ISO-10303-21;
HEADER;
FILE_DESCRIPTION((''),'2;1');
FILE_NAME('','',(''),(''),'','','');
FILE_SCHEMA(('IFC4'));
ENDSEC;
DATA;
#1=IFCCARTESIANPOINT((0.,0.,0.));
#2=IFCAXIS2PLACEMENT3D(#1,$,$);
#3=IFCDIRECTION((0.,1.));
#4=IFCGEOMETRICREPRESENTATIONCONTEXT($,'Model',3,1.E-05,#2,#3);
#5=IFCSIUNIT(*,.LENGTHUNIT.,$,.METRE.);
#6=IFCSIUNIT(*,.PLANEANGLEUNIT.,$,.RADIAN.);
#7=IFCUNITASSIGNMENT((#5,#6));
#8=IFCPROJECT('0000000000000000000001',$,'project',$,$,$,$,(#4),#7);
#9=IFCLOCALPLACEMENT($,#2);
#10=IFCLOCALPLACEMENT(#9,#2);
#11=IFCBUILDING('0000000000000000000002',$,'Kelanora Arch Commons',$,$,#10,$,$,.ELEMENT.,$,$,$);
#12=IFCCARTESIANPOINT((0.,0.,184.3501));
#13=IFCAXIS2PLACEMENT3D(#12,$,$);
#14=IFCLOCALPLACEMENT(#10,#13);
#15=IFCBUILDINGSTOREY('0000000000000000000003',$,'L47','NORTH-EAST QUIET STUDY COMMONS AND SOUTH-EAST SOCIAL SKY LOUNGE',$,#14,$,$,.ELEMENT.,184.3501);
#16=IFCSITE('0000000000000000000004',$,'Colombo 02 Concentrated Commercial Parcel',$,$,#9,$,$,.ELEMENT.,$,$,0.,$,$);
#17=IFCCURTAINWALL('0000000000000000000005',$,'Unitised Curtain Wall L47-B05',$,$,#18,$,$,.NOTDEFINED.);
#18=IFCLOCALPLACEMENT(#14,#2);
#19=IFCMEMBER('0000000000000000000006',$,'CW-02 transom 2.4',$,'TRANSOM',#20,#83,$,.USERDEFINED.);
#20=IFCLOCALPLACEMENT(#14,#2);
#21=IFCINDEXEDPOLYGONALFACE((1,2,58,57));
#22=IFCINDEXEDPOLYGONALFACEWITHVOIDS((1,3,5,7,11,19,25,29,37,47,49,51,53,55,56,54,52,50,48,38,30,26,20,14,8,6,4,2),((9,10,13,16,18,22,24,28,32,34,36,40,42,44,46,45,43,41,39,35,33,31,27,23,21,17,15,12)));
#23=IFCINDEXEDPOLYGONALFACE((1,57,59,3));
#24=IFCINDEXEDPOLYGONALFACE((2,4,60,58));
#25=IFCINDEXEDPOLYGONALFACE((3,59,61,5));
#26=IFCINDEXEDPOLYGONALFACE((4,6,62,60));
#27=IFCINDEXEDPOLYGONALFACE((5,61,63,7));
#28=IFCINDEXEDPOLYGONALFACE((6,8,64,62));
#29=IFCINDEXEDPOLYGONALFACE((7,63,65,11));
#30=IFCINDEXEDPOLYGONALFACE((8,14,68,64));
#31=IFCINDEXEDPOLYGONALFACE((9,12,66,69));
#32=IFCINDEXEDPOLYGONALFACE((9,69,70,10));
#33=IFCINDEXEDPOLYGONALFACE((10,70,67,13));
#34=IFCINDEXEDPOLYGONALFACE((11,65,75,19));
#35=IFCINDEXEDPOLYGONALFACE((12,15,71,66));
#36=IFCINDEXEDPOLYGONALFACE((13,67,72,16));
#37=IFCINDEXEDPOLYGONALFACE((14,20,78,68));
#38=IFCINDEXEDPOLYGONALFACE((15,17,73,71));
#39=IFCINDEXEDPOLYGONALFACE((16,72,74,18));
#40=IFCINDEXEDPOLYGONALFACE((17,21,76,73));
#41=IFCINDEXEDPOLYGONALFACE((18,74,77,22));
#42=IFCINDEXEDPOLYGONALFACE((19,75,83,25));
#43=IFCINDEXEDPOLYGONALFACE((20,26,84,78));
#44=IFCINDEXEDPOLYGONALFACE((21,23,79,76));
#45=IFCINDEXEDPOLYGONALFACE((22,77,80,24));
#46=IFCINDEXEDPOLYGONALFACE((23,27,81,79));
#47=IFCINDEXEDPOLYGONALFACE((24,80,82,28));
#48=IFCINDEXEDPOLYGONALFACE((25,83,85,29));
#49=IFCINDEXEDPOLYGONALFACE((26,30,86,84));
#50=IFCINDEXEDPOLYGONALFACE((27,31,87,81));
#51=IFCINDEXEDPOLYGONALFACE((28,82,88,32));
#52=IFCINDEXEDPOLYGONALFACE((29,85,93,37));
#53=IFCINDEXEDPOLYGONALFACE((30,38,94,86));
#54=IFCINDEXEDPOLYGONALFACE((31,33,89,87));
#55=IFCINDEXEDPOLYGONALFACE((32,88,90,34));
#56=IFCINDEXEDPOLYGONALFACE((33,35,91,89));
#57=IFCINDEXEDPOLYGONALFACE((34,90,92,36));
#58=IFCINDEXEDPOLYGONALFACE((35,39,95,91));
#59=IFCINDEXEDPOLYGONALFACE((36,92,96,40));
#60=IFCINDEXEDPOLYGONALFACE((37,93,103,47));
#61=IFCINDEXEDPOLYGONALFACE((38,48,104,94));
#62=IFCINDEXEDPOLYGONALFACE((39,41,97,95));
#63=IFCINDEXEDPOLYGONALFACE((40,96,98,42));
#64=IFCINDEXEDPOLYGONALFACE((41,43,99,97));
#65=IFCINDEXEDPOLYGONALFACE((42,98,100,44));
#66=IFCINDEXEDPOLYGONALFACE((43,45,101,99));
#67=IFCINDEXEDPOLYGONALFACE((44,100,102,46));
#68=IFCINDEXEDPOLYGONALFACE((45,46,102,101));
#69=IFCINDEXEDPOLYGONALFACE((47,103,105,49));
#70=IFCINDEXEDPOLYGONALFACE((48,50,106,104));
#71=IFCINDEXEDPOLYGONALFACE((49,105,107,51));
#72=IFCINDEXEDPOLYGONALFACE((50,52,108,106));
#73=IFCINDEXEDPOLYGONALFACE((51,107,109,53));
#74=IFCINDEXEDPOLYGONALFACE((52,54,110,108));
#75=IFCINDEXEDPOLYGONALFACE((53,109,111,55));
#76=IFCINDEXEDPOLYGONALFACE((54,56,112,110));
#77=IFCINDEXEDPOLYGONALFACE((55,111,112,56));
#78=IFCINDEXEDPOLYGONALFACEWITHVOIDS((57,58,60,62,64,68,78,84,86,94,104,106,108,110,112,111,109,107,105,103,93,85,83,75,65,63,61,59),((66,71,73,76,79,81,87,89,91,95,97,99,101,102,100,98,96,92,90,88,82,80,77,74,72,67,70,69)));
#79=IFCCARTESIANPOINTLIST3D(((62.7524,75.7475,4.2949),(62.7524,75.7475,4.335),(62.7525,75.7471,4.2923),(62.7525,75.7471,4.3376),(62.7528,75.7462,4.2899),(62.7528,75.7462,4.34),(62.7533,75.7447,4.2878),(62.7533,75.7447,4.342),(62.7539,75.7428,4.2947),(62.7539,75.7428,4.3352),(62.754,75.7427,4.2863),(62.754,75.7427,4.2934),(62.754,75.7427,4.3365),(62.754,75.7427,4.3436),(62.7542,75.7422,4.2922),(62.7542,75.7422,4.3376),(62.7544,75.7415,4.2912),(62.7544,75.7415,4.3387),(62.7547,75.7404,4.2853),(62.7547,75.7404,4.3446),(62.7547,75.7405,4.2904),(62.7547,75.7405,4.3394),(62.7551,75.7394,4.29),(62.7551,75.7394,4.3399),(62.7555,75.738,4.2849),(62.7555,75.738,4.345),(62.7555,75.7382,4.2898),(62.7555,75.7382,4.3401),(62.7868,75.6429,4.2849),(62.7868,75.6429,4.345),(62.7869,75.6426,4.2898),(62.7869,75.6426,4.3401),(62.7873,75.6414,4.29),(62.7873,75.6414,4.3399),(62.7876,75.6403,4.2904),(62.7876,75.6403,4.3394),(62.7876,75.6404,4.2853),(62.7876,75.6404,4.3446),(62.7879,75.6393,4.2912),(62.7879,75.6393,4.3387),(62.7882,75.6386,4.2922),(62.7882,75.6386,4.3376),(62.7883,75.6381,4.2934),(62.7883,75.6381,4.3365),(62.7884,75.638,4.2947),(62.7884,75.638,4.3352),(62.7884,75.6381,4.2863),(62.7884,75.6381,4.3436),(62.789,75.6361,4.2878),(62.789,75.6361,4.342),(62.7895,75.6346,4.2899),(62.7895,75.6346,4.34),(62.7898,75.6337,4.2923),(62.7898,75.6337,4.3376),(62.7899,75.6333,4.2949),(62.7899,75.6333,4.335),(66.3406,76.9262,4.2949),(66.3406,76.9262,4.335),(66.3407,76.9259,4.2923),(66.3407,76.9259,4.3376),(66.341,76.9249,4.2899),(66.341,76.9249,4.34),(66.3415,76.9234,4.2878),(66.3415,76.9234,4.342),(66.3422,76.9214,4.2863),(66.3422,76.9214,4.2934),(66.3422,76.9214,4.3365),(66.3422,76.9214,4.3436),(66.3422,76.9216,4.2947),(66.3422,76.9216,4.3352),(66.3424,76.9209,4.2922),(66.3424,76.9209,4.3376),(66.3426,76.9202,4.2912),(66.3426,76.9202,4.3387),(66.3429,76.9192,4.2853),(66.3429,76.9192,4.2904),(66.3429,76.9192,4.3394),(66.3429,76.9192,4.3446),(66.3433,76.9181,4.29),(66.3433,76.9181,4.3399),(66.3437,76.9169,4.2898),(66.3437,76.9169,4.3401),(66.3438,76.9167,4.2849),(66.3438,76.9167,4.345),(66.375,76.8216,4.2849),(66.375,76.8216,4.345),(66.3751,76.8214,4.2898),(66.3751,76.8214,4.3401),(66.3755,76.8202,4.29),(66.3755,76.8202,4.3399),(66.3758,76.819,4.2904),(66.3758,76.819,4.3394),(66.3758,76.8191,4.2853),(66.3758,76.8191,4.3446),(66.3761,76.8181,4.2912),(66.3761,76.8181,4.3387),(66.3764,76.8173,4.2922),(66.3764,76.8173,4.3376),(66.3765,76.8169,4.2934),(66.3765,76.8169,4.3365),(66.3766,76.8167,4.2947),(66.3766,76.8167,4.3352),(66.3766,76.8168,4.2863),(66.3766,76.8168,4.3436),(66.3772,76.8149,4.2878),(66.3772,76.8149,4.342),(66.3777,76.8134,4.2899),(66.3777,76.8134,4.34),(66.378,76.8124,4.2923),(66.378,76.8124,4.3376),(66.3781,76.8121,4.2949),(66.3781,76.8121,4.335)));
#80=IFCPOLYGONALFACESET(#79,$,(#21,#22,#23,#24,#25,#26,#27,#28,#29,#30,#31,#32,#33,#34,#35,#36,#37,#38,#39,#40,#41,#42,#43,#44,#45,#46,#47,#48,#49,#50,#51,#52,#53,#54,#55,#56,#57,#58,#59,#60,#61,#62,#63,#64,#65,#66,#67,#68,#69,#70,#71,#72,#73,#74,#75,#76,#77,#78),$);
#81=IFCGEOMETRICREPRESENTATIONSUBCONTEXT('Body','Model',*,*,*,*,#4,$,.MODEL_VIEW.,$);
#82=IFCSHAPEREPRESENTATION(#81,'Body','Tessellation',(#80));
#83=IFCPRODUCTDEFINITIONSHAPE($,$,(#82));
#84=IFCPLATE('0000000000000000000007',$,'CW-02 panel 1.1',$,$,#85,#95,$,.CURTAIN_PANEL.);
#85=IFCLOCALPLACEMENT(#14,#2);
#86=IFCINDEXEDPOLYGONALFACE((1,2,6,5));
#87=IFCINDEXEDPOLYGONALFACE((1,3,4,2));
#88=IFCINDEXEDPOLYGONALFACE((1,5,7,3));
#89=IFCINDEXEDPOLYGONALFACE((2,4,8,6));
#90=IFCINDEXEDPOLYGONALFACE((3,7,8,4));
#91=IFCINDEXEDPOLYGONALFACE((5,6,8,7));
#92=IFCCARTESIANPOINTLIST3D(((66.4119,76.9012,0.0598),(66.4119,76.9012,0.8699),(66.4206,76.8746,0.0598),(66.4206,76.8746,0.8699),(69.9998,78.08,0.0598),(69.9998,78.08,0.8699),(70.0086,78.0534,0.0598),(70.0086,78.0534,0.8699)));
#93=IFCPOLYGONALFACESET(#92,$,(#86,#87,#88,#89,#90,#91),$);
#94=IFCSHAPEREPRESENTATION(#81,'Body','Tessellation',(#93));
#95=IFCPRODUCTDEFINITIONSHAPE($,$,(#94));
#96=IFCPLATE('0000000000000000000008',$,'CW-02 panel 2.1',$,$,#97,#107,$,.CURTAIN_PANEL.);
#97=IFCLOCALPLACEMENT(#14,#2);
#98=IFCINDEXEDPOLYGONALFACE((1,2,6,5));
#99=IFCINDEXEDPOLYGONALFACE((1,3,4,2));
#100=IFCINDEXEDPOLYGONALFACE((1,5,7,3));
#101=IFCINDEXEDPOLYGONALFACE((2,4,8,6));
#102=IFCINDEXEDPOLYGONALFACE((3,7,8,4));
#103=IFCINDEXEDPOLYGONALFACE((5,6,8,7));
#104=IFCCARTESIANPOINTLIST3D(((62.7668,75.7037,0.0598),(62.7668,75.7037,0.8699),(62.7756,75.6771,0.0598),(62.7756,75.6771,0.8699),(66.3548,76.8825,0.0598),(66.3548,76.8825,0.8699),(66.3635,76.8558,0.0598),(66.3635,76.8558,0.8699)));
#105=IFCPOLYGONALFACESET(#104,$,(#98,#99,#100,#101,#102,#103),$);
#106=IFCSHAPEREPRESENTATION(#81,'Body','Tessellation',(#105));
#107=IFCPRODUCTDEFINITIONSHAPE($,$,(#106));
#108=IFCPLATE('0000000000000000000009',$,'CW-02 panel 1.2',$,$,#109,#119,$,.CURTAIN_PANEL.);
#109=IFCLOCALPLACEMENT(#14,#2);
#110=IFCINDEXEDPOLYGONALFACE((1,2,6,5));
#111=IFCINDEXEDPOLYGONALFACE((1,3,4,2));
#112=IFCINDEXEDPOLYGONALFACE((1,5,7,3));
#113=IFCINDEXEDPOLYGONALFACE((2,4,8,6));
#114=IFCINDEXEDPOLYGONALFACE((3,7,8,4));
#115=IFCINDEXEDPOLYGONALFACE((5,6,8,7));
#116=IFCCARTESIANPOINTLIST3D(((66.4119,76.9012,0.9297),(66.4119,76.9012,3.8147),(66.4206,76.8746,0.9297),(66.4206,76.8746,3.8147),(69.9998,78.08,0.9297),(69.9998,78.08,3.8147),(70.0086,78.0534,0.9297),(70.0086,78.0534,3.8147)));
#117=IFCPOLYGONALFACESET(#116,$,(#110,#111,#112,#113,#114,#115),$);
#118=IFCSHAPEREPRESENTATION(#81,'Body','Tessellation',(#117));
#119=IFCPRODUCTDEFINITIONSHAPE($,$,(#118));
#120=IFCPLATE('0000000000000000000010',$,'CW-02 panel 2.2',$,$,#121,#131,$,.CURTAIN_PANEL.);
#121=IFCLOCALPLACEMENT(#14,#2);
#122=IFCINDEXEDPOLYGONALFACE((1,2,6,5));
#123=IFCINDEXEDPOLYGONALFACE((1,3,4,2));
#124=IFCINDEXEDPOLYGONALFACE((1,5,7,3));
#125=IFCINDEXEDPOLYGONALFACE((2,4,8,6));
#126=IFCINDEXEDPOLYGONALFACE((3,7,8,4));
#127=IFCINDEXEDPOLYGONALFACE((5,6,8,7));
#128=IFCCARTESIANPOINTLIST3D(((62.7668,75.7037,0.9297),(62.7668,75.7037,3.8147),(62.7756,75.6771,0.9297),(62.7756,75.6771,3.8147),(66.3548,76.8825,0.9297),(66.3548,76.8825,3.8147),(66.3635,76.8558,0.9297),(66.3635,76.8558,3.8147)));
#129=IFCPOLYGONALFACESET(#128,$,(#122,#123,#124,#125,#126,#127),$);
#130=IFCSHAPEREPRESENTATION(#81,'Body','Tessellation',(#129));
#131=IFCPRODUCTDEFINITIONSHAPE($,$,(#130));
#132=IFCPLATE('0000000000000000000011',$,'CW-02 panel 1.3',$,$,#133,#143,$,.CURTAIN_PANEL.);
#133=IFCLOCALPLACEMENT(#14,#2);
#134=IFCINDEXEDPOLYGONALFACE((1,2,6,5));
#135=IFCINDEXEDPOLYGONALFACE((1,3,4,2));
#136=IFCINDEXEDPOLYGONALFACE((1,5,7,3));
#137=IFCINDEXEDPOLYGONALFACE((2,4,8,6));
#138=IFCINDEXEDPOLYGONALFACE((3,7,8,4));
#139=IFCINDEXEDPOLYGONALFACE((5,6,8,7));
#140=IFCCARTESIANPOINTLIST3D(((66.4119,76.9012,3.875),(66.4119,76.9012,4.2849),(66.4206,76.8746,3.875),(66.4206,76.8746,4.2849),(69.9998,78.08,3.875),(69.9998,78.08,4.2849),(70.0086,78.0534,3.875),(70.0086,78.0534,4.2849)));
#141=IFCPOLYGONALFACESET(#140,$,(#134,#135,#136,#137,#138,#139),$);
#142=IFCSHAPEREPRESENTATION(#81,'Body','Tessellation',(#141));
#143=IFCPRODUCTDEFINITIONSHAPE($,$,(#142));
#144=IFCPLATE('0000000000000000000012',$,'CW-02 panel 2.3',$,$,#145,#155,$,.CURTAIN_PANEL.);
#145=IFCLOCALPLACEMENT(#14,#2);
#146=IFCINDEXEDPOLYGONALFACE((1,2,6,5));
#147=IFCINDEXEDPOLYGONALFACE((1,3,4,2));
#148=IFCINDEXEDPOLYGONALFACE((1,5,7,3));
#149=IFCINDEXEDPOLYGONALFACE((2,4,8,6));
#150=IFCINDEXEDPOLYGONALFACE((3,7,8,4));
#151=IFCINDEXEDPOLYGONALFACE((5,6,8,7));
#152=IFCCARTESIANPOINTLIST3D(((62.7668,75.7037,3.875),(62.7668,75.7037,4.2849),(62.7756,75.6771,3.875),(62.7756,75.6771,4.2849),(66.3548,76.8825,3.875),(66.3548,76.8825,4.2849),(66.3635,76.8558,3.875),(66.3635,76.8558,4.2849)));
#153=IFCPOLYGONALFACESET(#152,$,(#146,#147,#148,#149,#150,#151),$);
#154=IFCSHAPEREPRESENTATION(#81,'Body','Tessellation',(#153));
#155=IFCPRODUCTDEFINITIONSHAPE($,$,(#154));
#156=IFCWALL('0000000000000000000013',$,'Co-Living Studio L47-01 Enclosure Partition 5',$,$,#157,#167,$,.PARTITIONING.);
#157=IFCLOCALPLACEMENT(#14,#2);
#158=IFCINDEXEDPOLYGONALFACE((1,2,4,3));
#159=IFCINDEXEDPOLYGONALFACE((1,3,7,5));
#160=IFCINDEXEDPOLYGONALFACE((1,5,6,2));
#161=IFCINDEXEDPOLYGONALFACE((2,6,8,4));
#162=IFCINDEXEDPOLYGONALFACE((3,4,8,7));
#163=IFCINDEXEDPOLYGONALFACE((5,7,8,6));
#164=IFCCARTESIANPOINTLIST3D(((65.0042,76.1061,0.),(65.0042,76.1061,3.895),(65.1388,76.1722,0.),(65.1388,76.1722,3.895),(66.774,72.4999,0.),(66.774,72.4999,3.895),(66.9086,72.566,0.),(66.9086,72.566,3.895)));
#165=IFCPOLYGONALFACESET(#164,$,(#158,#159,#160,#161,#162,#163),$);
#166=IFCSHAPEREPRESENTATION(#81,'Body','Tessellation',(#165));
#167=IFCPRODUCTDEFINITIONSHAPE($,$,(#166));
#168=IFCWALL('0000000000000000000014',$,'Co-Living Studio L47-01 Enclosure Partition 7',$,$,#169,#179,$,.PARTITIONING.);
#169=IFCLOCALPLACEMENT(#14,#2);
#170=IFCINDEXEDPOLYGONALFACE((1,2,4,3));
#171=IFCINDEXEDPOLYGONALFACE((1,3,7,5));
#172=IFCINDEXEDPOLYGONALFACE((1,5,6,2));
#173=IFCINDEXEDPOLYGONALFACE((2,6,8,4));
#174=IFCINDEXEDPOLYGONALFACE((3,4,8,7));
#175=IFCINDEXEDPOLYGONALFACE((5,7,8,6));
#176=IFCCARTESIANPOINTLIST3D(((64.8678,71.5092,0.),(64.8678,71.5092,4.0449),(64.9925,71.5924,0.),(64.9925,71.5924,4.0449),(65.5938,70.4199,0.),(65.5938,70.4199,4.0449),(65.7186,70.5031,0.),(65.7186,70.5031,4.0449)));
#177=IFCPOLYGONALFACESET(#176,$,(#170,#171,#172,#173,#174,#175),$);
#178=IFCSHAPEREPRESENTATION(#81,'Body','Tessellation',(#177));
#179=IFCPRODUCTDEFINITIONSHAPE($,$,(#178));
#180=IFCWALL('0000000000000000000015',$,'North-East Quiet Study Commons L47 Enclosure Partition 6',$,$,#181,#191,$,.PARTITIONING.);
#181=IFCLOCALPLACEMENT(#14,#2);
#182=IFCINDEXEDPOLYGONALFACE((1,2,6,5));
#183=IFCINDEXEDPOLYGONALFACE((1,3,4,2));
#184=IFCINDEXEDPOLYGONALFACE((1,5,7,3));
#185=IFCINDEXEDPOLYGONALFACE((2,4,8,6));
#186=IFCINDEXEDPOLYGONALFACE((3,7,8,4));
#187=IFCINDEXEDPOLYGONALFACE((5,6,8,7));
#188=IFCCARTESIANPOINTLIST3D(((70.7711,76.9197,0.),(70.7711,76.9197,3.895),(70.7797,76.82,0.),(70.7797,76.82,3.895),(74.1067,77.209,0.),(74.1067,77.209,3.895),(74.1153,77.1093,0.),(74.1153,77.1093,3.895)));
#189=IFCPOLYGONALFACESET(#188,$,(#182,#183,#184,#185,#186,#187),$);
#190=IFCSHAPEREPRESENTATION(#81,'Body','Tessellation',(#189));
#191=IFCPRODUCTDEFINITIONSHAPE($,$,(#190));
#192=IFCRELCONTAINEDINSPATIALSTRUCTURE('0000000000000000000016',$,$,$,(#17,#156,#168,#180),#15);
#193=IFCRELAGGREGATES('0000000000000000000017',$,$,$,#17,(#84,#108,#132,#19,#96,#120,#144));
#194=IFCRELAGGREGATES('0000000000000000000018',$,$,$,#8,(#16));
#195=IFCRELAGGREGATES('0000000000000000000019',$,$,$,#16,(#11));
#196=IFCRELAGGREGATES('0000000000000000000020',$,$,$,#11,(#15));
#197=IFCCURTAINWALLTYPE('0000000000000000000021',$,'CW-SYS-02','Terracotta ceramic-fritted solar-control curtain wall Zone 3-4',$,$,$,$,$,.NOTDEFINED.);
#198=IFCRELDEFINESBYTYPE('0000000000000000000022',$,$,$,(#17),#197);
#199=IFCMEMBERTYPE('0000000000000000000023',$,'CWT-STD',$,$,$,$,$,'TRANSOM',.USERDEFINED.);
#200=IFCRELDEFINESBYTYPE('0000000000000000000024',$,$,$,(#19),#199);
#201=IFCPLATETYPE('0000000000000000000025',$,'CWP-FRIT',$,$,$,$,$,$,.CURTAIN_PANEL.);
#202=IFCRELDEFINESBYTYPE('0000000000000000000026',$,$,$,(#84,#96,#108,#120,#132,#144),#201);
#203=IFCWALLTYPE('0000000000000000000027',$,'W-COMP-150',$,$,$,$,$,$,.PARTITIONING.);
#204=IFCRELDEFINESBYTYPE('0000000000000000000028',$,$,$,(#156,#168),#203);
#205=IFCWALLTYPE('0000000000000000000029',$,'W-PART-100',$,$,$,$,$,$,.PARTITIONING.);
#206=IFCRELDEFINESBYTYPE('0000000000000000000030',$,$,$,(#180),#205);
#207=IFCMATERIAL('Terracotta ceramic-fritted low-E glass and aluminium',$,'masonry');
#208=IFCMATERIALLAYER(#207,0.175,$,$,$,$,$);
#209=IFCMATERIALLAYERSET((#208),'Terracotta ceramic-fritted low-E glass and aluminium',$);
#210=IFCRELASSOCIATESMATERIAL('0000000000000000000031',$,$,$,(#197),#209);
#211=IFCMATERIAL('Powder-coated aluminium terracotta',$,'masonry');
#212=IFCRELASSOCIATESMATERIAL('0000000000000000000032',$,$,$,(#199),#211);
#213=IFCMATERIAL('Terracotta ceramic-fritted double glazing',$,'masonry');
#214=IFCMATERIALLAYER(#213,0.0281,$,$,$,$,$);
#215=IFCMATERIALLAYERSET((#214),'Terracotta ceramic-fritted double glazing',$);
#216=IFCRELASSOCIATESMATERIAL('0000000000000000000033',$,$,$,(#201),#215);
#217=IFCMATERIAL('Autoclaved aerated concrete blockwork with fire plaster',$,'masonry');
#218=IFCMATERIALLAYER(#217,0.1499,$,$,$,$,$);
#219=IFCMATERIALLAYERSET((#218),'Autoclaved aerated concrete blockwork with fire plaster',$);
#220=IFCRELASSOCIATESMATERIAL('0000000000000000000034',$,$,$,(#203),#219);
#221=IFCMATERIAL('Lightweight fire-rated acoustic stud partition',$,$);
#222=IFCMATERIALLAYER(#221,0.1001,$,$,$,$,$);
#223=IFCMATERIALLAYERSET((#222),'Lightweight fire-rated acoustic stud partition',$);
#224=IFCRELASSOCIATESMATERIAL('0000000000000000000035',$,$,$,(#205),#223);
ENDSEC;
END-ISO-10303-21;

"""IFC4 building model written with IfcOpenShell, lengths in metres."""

from ifc_helpers import new_model, si_unit, direction, frame, frame_2d, origin, origin_2d, place, context, subcontext, project, spatial, rectangle, hollow_rectangle, extrude, source, transform, mapped, material, layer, layer_set, material_profile, profile_set, type_object, element, aggregate, save


model = new_model("IFC4")

# Units and contexts
model_context = context("Model", 3, precision=1e-05, world=origin(), true_north=direction((0.0, 1.0)))
body_context = subcontext(model_context, "Body", "Model", "MODEL_VIEW")
ifc_project = project(units=[si_unit("LENGTHUNIT", "METRE"), si_unit("PLANEANGLEUNIT", "RADIAN")], contexts=[model_context])

# Site, building, storey
site_placement = place(None, origin())
site = spatial("IfcSite", under=ifc_project, at=site_placement, Name="Colombo 02 Concentrated Commercial Parcel", CompositionType="ELEMENT", RefElevation=0.0)
building_placement = place(site_placement, origin())
building = spatial("IfcBuilding", under=site, at=building_placement, Name="Kelanora Arch Commons", CompositionType="ELEMENT")
storey_placement = place(building_placement, frame((0.0, 0.0, 184.3501)))
storey = spatial("IfcBuildingStorey", under=building, at=storey_placement, Name="L47", Description="NORTH-EAST QUIET STUDY COMMONS AND SOUTH-EAST SOCIAL SKY LOUNGE", CompositionType="ELEMENT", Elevation=184.3501)

# Curtain wall, member, plates
ifc_material_1 = material(Name="Terracotta ceramic-fritted low-E glass and aluminium", Category="masonry")
ifc_layer_1 = layer(ifc_material_1, 0.175)
ifc_layer_set_1 = layer_set([ifc_layer_1], Name="Terracotta ceramic-fritted low-E glass and aluminium")
curtain_wall_type = type_object("IfcCurtainWallType", Name="CW-SYS-02", Description="Terracotta ceramic-fritted solar-control curtain wall Zone 3-4", PredefinedType="NOTDEFINED", material=ifc_layer_set_1)
curtain_wall_placement = place(storey_placement, origin())
curtain_wall = element("IfcCurtainWall", 1, at=curtain_wall_placement, inside=storey, type_object=curtain_wall_type, Name="Unitised Curtain Wall L47-B05", PredefinedType="NOTDEFINED")
ifc_material_2 = material(Name="Powder-coated aluminium terracotta", Category="masonry")
ifc_material_profile_1 = material_profile(ifc_material_2, hollow_rectangle(XDim=0.1201, YDim=0.0601, WallThickness=0.0049, InnerFilletRadius=0.0049, OuterFilletRadius=0.01, at=origin_2d()), Name="CWT120x60")
ifc_profile_set_1 = profile_set([ifc_material_profile_1], Name="Powder-coated aluminium terracotta")
member_type_1 = type_object("IfcMemberType", Name="CWT-STD", ElementType="TRANSOM", PredefinedType="USERDEFINED", material=ifc_profile_set_1)
member_1_placement = place(storey_placement, frame((66.3594, 76.8691, 4.3149), z_axis=(-0.950051, -0.312094, 0.0), x_axis=(0.312094, -0.950051, 0.0)))
member_1 = element("IfcMember", 2, at=member_1_placement, type_object=member_type_1, Name="CW-02 transom 2.4", ObjectType="TRANSOM", PredefinedType="USERDEFINED", context=body_context, shape_type="SweptSolid", body=[
    extrude(hollow_rectangle(XDim=0.1201, YDim=0.0601, WallThickness=0.0049, InnerFilletRadius=0.0049, OuterFilletRadius=0.01, at=origin_2d()), origin(), (0.0, 0.0, 1.0), 3.7769),
])
ifc_material_3 = material(Name="Terracotta ceramic-fritted double glazing", Category="masonry")
ifc_layer_2 = layer(ifc_material_3, 0.0281)
ifc_layer_set_2 = layer_set([ifc_layer_2], Name="Terracotta ceramic-fritted double glazing")
plate_type = type_object("IfcPlateType", Name="CWP-FRIT", PredefinedType="CURTAIN_PANEL", material=ifc_layer_set_2)
shared_shape_1 = source(origin(), body_context, "Body", "SweptSolid", [
    extrude(rectangle(XDim=3.7766, YDim=0.0281, at=origin_2d()), origin(), (0.0, 0.0, 1.0), 0.8101),
])
plate_1_placement = place(storey_placement, frame((68.2102, 77.4773, 0.0598), z_axis=(0.0, 0.0, 1.0), x_axis=(-0.95004, -0.312128, 0.0)))
plate_1 = element("IfcPlate", 3, at=plate_1_placement, type_object=plate_type, Name="CW-02 panel 1.1", PredefinedType="CURTAIN_PANEL", context=body_context, shape_type="MappedRepresentation", body=[
    mapped(shared_shape_1, transform((0.0, 0.0, 0.0), scale=1.0)),
])
plate_2_placement = place(storey_placement, frame((64.5652, 76.2798, 0.0598), z_axis=(0.0, 0.0, 1.0), x_axis=(-0.95004, -0.312128, 0.0)))
plate_2 = element("IfcPlate", 4, at=plate_2_placement, type_object=plate_type, Name="CW-02 panel 2.1", PredefinedType="CURTAIN_PANEL", context=body_context, shape_type="MappedRepresentation", body=[
    mapped(shared_shape_1, transform((0.0, 0.0, 0.0), scale=1.0)),
])
shared_shape_2 = source(origin(), body_context, "Body", "SweptSolid", [
    extrude(rectangle(XDim=3.7766, YDim=0.0281, at=origin_2d()), origin(), (0.0, 0.0, 1.0), 2.885),
])
plate_3_placement = place(storey_placement, frame((68.2102, 77.4773, 0.9297), z_axis=(0.0, 0.0, 1.0), x_axis=(-0.95004, -0.312128, 0.0)))
plate_3 = element("IfcPlate", 5, at=plate_3_placement, type_object=plate_type, Name="CW-02 panel 1.2", PredefinedType="CURTAIN_PANEL", context=body_context, shape_type="MappedRepresentation", body=[
    mapped(shared_shape_2, transform((0.0, 0.0, 0.0), scale=1.0)),
])
plate_4_placement = place(storey_placement, frame((64.5652, 76.2798, 0.9297), z_axis=(0.0, 0.0, 1.0), x_axis=(-0.95004, -0.312128, 0.0)))
plate_4 = element("IfcPlate", 6, at=plate_4_placement, type_object=plate_type, Name="CW-02 panel 2.2", PredefinedType="CURTAIN_PANEL", context=body_context, shape_type="MappedRepresentation", body=[
    mapped(shared_shape_2, transform((0.0, 0.0, 0.0), scale=1.0)),
])
shared_shape_3 = source(origin(), body_context, "Body", "SweptSolid", [
    extrude(rectangle(XDim=3.7766, YDim=0.0281, at=origin_2d()), origin(), (0.0, 0.0, 1.0), 0.4099),
])
plate_5_placement = place(storey_placement, frame((68.2102, 77.4773, 3.875), z_axis=(0.0, 0.0, 1.0), x_axis=(-0.95004, -0.312128, 0.0)))
plate_5 = element("IfcPlate", 7, at=plate_5_placement, type_object=plate_type, Name="CW-02 panel 1.3", PredefinedType="CURTAIN_PANEL", context=body_context, shape_type="MappedRepresentation", body=[
    mapped(shared_shape_3, transform((0.0, 0.0, 0.0), scale=1.0)),
])
plate_6_placement = place(storey_placement, frame((64.5652, 76.2798, 3.875), z_axis=(0.0, 0.0, 1.0), x_axis=(-0.95004, -0.312128, 0.0)))
plate_6 = element("IfcPlate", 8, at=plate_6_placement, type_object=plate_type, Name="CW-02 panel 2.3", PredefinedType="CURTAIN_PANEL", context=body_context, shape_type="MappedRepresentation", body=[
    mapped(shared_shape_3, transform((0.0, 0.0, 0.0), scale=1.0)),
])
aggregate(curtain_wall, [plate_1, plate_3, plate_5, member_1, plate_2, plate_4, plate_6])

# Walls
ifc_material_4 = material(Name="Autoclaved aerated concrete blockwork with fire plaster", Category="masonry")
ifc_layer_3 = layer(ifc_material_4, 0.1499)
ifc_layer_set_3 = layer_set([ifc_layer_3], Name="Autoclaved aerated concrete blockwork with fire plaster")
wall_type_1 = type_object("IfcWallType", Name="W-COMP-150", PredefinedType="PARTITIONING", material=ifc_layer_set_3)
wall_1_placement = place(storey_placement, frame((65.0715, 76.1392, 0.0), z_axis=(0.0, 0.0, 1.0), x_axis=(0.440565, -0.897721, 0.0)))
element("IfcWall", 9, at=wall_1_placement, inside=storey, type_object=wall_type_1, Name="Co-Living Studio L47-01 Enclosure Partition 5", PredefinedType="PARTITIONING", context=body_context, shape_type="SweptSolid", body=[
    extrude(rectangle(XDim=4.0171, YDim=0.1499, at=frame_2d((2.0085, 0.0))), origin(), (0.0, 0.0, 1.0), 3.895),
])
wall_2_placement = place(storey_placement, frame((64.9302, 71.5508, 0.0), z_axis=(0.0, 0.0, 1.0), x_axis=(0.554614, -0.832108, 0.0)))
element("IfcWall", 10, at=wall_2_placement, inside=storey, type_object=wall_type_1, Name="Co-Living Studio L47-01 Enclosure Partition 7", PredefinedType="PARTITIONING", context=body_context, shape_type="SweptSolid", body=[
    extrude(rectangle(XDim=1.3091, YDim=0.1499, at=frame_2d((0.6545, 0.0))), origin(), (0.0, 0.0, 1.0), 4.0449),
])
ifc_material_5 = material(Name="Lightweight fire-rated acoustic stud partition")
ifc_layer_4 = layer(ifc_material_5, 0.1001)
ifc_layer_set_4 = layer_set([ifc_layer_4], Name="Lightweight fire-rated acoustic stud partition")
wall_type_2 = type_object("IfcWallType", Name="W-PART-100", PredefinedType="PARTITIONING", material=ifc_layer_set_4)
wall_3_placement = place(storey_placement, frame((70.7754, 76.8699, 0.0), z_axis=(0.0, 0.0, 1.0), x_axis=(0.99626, 0.086406, 0.0)))
element("IfcWall", 11, at=wall_3_placement, inside=storey, type_object=wall_type_2, Name="North-East Quiet Study Commons L47 Enclosure Partition 6", PredefinedType="PARTITIONING", context=body_context, shape_type="SweptSolid", body=[
    extrude(rectangle(XDim=3.3481, YDim=0.1001, at=frame_2d((1.6741, 0.0))), origin(), (0.0, 0.0, 1.0), 3.895),
])

save(model, "model.ifc")
